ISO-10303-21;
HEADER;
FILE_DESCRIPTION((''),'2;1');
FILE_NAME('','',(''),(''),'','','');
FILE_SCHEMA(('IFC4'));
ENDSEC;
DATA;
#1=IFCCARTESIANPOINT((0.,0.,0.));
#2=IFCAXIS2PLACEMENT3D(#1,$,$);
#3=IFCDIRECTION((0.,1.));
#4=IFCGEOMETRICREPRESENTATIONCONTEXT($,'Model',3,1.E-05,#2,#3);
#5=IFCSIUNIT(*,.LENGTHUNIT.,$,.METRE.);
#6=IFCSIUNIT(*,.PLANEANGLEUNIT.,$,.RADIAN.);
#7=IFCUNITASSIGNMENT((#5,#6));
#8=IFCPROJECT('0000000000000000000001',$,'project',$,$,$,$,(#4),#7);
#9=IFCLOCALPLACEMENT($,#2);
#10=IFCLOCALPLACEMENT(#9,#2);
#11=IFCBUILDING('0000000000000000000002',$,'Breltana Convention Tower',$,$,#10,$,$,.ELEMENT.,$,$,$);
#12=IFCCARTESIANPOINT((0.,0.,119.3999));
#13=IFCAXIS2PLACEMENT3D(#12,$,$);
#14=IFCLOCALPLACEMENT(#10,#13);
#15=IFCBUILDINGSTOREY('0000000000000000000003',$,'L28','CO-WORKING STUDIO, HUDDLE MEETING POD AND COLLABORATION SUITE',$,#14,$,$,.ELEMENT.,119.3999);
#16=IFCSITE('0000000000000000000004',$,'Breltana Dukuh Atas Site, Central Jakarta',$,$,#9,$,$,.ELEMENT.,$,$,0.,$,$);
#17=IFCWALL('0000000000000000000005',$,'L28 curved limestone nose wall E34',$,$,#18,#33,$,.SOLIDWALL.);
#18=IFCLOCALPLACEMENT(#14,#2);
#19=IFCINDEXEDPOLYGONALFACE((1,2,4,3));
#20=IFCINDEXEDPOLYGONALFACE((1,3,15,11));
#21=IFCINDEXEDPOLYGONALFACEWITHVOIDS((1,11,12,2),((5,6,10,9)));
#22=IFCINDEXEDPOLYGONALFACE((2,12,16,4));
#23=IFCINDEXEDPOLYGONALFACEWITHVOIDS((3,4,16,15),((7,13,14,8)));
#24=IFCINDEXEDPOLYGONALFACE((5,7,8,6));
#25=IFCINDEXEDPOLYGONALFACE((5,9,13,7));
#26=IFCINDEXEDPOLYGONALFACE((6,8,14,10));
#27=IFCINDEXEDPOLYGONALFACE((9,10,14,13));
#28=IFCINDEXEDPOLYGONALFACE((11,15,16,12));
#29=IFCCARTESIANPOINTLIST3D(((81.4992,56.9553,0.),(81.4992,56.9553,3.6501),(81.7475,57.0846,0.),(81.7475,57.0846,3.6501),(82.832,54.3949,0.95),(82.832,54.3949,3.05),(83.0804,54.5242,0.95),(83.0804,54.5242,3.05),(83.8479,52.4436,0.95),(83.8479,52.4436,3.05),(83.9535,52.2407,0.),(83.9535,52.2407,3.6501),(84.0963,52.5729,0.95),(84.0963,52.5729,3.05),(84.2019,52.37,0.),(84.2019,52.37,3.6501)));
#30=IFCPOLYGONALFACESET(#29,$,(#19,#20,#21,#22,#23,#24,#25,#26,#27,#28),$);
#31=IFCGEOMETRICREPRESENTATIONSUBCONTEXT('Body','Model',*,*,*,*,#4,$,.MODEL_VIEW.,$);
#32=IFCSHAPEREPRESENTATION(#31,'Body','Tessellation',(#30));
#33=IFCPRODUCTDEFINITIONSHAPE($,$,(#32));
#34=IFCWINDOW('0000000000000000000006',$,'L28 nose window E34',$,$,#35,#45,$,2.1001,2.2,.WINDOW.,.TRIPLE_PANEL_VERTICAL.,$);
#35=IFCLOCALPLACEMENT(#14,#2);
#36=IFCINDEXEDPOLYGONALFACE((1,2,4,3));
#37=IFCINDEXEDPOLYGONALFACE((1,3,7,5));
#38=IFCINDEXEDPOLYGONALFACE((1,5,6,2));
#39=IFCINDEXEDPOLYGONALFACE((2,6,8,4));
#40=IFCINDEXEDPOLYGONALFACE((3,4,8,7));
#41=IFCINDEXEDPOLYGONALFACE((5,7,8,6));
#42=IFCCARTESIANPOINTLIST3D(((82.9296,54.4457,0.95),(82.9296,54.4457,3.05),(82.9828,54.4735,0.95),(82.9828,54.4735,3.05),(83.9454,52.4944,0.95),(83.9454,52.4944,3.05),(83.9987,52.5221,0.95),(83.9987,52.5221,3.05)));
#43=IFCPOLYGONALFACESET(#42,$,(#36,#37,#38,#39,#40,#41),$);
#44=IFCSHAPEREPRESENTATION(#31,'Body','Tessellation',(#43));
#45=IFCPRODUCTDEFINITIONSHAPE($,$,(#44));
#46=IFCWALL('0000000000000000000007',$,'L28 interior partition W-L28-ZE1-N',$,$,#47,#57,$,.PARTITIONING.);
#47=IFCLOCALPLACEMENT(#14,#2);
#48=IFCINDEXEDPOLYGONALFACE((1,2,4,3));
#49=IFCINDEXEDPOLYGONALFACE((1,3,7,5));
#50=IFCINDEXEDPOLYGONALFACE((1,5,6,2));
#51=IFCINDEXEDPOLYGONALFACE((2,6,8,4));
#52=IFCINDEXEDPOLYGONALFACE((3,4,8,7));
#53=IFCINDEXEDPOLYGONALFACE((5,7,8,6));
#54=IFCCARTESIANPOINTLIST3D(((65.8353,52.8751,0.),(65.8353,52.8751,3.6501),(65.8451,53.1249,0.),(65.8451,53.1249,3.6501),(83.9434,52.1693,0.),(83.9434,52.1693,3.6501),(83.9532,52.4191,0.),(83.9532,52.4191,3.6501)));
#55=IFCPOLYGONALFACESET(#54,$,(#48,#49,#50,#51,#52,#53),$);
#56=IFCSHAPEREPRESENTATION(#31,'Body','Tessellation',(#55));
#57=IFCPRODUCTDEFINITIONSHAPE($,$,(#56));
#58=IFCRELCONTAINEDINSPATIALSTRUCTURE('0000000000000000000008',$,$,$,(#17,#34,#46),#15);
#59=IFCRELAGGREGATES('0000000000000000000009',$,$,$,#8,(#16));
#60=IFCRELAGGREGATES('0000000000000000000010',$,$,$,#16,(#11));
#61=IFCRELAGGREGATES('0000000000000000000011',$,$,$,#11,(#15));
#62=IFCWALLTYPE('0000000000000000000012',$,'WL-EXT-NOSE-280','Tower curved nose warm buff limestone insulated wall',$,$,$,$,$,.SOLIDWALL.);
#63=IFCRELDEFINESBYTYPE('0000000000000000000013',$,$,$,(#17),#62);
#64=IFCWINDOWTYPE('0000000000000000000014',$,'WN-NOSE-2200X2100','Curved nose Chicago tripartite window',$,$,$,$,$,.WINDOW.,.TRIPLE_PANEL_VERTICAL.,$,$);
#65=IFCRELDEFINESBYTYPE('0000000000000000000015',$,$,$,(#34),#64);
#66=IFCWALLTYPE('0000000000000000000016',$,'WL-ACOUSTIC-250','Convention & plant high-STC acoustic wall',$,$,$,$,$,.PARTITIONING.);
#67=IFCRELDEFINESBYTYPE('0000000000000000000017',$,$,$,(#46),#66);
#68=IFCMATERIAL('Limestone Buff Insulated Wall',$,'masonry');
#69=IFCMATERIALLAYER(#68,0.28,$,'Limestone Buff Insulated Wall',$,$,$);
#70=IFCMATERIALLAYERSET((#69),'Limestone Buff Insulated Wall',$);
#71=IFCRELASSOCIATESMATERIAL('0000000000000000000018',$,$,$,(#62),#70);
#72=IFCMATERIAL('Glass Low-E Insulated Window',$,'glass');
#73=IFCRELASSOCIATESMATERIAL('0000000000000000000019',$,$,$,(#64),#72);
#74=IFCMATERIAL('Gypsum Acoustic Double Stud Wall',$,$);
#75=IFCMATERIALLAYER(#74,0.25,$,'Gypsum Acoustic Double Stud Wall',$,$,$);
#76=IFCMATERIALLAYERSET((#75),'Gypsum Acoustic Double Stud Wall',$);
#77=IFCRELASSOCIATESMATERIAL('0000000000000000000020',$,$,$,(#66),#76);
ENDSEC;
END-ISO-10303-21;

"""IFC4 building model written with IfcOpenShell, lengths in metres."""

from ifc_helpers import new_model, si_unit, direction, frame, frame_2d, origin, place, context, subcontext, project, spatial, rectangle, extrude, source, transform, mapped, material, layer, layer_set, type_object, type_shapes, element, fill, save


model = new_model("IFC4")

# Units and contexts
model_context = context("Model", 3, precision=1e-05, world=origin(), true_north=direction((0.0, 1.0)))
body_context = subcontext(model_context, "Body", "Model", "MODEL_VIEW")
ifc_project = project(units=[si_unit("LENGTHUNIT", "METRE"), si_unit("PLANEANGLEUNIT", "RADIAN")], contexts=[model_context])

# Site, building, storey
site_placement = place(None, origin())
site = spatial("IfcSite", under=ifc_project, at=site_placement, Name="Breltana Dukuh Atas Site, Central Jakarta", CompositionType="ELEMENT", RefElevation=0.0)
building_placement = place(site_placement, origin())
building = spatial("IfcBuilding", under=site, at=building_placement, Name="Breltana Convention Tower", CompositionType="ELEMENT")
storey_placement = place(building_placement, frame((0.0, 0.0, 119.3999)))
storey = spatial("IfcBuildingStorey", under=building, at=storey_placement, Name="L28", Description="CO-WORKING STUDIO, HUDDLE MEETING POD AND COLLABORATION SUITE", CompositionType="ELEMENT", Elevation=119.3999)

# Wall, opening, window
ifc_material_1 = material(Name="Limestone Buff Insulated Wall", Category="masonry")
ifc_layer_1 = layer(ifc_material_1, 0.28, Name="Limestone Buff Insulated Wall")
ifc_layer_set_1 = layer_set([ifc_layer_1], Name="Limestone Buff Insulated Wall")
wall_type_1 = type_object("IfcWallType", Name="WL-EXT-NOSE-280", Description="Tower curved nose warm buff limestone insulated wall", PredefinedType="SOLIDWALL", material=ifc_layer_set_1)
ifc_material_2 = material(Name="Glass Low-E Insulated Window", Category="glass")
window_type = type_object("IfcWindowType", Name="WN-NOSE-2200X2100", Description="Curved nose Chicago tripartite window", PartitioningType="TRIPLE_PANEL_VERTICAL", PredefinedType="WINDOW", material=ifc_material_2)
shared_shape_1 = source(origin(), body_context, "Body", "SweptSolid", [
    extrude(rectangle(XDim=2.2, YDim=2.1001, at=frame_2d((1.1001, 1.05))), frame((0.0, 0.03, 0.0), z_axis=(0.0, -1.0, 0.0), x_axis=(1.0, 0.0, 0.0)), (0.0, 0.0, 1.0), 0.0601),
])
type_shapes(window_type, [shared_shape_1])
shared_shape_2 = source(origin(), body_context, "Body", "SweptSolid", [
    extrude(rectangle(XDim=5.3152, YDim=0.28, at=frame_2d((2.6577, 0.0))), origin(), (0.0, 0.0, 1.0), 3.6501),
])
wall_1_placement = place(storey_placement, frame((81.6233, 57.02, 0.0), z_axis=(0.0, 0.0, 1.0), x_axis=(0.461761, -0.887005, 0.0)))
wall_1 = element("IfcWall", 1, at=wall_1_placement, inside=storey, type_object=wall_type_1, Name="L28 curved limestone nose wall E34", PredefinedType="SOLIDWALL", context=body_context, shape_type="MappedRepresentation", body=[
    mapped(shared_shape_2, transform((0.0, 0.0, 0.0), scale=1.0)),
])
opening_1_placement = place(wall_1_placement, frame((2.8865, 0.0, 0.95)))
opening_1 = element("IfcOpeningElement", 2, at=opening_1_placement, cuts=wall_1, PredefinedType="OPENING", context=body_context, shape_type="SweptSolid", body=[
    extrude(rectangle(XDim=2.2, YDim=2.1001, at=frame_2d((1.1001, 1.05))), frame((0.0, 0.1499, 0.0), z_axis=(0.0, -1.0, 0.0), x_axis=(1.0, 0.0, 0.0)), (0.0, 0.0, 1.0), 0.3),
])
window_1_placement = place(opening_1_placement, origin())
window_1 = element("IfcWindow", 3, at=window_1_placement, inside=storey, type_object=window_type, Name="L28 nose window E34", OverallHeight=2.1001, OverallWidth=2.2, PartitioningType="TRIPLE_PANEL_VERTICAL", PredefinedType="WINDOW", context=body_context, shape_type="MappedRepresentation", body=[
    mapped(shared_shape_1, transform((0.0, 0.0, 0.0), scale=1.0)),
])
fill(opening_1, window_1)

# Wall
ifc_material_3 = material(Name="Gypsum Acoustic Double Stud Wall")
ifc_layer_2 = layer(ifc_material_3, 0.25, Name="Gypsum Acoustic Double Stud Wall")
ifc_layer_set_2 = layer_set([ifc_layer_2], Name="Gypsum Acoustic Double Stud Wall")
wall_type_2 = type_object("IfcWallType", Name="WL-ACOUSTIC-250", Description="Convention & plant high-STC acoustic wall", PredefinedType="PARTITIONING", material=ifc_layer_set_2)
shared_shape_3 = source(origin(), body_context, "Body", "SweptSolid", [
    extrude(rectangle(XDim=18.1218, YDim=0.25, at=frame_2d((9.061, 0.0))), origin(), (0.0, 0.0, 1.0), 3.6501),
])
wall_2_placement = place(storey_placement, frame((65.8401, 53.0, 0.0), z_axis=(0.0, 0.0, 1.0), x_axis=(0.999241, -0.038948, 0.0)))
element("IfcWall", 4, at=wall_2_placement, inside=storey, type_object=wall_type_2, Name="L28 interior partition W-L28-ZE1-N", PredefinedType="PARTITIONING", context=body_context, shape_type="MappedRepresentation", body=[
    mapped(shared_shape_3, transform((0.0, 0.0, 0.0), scale=1.0)),
])

save(model, "model.ifc")
